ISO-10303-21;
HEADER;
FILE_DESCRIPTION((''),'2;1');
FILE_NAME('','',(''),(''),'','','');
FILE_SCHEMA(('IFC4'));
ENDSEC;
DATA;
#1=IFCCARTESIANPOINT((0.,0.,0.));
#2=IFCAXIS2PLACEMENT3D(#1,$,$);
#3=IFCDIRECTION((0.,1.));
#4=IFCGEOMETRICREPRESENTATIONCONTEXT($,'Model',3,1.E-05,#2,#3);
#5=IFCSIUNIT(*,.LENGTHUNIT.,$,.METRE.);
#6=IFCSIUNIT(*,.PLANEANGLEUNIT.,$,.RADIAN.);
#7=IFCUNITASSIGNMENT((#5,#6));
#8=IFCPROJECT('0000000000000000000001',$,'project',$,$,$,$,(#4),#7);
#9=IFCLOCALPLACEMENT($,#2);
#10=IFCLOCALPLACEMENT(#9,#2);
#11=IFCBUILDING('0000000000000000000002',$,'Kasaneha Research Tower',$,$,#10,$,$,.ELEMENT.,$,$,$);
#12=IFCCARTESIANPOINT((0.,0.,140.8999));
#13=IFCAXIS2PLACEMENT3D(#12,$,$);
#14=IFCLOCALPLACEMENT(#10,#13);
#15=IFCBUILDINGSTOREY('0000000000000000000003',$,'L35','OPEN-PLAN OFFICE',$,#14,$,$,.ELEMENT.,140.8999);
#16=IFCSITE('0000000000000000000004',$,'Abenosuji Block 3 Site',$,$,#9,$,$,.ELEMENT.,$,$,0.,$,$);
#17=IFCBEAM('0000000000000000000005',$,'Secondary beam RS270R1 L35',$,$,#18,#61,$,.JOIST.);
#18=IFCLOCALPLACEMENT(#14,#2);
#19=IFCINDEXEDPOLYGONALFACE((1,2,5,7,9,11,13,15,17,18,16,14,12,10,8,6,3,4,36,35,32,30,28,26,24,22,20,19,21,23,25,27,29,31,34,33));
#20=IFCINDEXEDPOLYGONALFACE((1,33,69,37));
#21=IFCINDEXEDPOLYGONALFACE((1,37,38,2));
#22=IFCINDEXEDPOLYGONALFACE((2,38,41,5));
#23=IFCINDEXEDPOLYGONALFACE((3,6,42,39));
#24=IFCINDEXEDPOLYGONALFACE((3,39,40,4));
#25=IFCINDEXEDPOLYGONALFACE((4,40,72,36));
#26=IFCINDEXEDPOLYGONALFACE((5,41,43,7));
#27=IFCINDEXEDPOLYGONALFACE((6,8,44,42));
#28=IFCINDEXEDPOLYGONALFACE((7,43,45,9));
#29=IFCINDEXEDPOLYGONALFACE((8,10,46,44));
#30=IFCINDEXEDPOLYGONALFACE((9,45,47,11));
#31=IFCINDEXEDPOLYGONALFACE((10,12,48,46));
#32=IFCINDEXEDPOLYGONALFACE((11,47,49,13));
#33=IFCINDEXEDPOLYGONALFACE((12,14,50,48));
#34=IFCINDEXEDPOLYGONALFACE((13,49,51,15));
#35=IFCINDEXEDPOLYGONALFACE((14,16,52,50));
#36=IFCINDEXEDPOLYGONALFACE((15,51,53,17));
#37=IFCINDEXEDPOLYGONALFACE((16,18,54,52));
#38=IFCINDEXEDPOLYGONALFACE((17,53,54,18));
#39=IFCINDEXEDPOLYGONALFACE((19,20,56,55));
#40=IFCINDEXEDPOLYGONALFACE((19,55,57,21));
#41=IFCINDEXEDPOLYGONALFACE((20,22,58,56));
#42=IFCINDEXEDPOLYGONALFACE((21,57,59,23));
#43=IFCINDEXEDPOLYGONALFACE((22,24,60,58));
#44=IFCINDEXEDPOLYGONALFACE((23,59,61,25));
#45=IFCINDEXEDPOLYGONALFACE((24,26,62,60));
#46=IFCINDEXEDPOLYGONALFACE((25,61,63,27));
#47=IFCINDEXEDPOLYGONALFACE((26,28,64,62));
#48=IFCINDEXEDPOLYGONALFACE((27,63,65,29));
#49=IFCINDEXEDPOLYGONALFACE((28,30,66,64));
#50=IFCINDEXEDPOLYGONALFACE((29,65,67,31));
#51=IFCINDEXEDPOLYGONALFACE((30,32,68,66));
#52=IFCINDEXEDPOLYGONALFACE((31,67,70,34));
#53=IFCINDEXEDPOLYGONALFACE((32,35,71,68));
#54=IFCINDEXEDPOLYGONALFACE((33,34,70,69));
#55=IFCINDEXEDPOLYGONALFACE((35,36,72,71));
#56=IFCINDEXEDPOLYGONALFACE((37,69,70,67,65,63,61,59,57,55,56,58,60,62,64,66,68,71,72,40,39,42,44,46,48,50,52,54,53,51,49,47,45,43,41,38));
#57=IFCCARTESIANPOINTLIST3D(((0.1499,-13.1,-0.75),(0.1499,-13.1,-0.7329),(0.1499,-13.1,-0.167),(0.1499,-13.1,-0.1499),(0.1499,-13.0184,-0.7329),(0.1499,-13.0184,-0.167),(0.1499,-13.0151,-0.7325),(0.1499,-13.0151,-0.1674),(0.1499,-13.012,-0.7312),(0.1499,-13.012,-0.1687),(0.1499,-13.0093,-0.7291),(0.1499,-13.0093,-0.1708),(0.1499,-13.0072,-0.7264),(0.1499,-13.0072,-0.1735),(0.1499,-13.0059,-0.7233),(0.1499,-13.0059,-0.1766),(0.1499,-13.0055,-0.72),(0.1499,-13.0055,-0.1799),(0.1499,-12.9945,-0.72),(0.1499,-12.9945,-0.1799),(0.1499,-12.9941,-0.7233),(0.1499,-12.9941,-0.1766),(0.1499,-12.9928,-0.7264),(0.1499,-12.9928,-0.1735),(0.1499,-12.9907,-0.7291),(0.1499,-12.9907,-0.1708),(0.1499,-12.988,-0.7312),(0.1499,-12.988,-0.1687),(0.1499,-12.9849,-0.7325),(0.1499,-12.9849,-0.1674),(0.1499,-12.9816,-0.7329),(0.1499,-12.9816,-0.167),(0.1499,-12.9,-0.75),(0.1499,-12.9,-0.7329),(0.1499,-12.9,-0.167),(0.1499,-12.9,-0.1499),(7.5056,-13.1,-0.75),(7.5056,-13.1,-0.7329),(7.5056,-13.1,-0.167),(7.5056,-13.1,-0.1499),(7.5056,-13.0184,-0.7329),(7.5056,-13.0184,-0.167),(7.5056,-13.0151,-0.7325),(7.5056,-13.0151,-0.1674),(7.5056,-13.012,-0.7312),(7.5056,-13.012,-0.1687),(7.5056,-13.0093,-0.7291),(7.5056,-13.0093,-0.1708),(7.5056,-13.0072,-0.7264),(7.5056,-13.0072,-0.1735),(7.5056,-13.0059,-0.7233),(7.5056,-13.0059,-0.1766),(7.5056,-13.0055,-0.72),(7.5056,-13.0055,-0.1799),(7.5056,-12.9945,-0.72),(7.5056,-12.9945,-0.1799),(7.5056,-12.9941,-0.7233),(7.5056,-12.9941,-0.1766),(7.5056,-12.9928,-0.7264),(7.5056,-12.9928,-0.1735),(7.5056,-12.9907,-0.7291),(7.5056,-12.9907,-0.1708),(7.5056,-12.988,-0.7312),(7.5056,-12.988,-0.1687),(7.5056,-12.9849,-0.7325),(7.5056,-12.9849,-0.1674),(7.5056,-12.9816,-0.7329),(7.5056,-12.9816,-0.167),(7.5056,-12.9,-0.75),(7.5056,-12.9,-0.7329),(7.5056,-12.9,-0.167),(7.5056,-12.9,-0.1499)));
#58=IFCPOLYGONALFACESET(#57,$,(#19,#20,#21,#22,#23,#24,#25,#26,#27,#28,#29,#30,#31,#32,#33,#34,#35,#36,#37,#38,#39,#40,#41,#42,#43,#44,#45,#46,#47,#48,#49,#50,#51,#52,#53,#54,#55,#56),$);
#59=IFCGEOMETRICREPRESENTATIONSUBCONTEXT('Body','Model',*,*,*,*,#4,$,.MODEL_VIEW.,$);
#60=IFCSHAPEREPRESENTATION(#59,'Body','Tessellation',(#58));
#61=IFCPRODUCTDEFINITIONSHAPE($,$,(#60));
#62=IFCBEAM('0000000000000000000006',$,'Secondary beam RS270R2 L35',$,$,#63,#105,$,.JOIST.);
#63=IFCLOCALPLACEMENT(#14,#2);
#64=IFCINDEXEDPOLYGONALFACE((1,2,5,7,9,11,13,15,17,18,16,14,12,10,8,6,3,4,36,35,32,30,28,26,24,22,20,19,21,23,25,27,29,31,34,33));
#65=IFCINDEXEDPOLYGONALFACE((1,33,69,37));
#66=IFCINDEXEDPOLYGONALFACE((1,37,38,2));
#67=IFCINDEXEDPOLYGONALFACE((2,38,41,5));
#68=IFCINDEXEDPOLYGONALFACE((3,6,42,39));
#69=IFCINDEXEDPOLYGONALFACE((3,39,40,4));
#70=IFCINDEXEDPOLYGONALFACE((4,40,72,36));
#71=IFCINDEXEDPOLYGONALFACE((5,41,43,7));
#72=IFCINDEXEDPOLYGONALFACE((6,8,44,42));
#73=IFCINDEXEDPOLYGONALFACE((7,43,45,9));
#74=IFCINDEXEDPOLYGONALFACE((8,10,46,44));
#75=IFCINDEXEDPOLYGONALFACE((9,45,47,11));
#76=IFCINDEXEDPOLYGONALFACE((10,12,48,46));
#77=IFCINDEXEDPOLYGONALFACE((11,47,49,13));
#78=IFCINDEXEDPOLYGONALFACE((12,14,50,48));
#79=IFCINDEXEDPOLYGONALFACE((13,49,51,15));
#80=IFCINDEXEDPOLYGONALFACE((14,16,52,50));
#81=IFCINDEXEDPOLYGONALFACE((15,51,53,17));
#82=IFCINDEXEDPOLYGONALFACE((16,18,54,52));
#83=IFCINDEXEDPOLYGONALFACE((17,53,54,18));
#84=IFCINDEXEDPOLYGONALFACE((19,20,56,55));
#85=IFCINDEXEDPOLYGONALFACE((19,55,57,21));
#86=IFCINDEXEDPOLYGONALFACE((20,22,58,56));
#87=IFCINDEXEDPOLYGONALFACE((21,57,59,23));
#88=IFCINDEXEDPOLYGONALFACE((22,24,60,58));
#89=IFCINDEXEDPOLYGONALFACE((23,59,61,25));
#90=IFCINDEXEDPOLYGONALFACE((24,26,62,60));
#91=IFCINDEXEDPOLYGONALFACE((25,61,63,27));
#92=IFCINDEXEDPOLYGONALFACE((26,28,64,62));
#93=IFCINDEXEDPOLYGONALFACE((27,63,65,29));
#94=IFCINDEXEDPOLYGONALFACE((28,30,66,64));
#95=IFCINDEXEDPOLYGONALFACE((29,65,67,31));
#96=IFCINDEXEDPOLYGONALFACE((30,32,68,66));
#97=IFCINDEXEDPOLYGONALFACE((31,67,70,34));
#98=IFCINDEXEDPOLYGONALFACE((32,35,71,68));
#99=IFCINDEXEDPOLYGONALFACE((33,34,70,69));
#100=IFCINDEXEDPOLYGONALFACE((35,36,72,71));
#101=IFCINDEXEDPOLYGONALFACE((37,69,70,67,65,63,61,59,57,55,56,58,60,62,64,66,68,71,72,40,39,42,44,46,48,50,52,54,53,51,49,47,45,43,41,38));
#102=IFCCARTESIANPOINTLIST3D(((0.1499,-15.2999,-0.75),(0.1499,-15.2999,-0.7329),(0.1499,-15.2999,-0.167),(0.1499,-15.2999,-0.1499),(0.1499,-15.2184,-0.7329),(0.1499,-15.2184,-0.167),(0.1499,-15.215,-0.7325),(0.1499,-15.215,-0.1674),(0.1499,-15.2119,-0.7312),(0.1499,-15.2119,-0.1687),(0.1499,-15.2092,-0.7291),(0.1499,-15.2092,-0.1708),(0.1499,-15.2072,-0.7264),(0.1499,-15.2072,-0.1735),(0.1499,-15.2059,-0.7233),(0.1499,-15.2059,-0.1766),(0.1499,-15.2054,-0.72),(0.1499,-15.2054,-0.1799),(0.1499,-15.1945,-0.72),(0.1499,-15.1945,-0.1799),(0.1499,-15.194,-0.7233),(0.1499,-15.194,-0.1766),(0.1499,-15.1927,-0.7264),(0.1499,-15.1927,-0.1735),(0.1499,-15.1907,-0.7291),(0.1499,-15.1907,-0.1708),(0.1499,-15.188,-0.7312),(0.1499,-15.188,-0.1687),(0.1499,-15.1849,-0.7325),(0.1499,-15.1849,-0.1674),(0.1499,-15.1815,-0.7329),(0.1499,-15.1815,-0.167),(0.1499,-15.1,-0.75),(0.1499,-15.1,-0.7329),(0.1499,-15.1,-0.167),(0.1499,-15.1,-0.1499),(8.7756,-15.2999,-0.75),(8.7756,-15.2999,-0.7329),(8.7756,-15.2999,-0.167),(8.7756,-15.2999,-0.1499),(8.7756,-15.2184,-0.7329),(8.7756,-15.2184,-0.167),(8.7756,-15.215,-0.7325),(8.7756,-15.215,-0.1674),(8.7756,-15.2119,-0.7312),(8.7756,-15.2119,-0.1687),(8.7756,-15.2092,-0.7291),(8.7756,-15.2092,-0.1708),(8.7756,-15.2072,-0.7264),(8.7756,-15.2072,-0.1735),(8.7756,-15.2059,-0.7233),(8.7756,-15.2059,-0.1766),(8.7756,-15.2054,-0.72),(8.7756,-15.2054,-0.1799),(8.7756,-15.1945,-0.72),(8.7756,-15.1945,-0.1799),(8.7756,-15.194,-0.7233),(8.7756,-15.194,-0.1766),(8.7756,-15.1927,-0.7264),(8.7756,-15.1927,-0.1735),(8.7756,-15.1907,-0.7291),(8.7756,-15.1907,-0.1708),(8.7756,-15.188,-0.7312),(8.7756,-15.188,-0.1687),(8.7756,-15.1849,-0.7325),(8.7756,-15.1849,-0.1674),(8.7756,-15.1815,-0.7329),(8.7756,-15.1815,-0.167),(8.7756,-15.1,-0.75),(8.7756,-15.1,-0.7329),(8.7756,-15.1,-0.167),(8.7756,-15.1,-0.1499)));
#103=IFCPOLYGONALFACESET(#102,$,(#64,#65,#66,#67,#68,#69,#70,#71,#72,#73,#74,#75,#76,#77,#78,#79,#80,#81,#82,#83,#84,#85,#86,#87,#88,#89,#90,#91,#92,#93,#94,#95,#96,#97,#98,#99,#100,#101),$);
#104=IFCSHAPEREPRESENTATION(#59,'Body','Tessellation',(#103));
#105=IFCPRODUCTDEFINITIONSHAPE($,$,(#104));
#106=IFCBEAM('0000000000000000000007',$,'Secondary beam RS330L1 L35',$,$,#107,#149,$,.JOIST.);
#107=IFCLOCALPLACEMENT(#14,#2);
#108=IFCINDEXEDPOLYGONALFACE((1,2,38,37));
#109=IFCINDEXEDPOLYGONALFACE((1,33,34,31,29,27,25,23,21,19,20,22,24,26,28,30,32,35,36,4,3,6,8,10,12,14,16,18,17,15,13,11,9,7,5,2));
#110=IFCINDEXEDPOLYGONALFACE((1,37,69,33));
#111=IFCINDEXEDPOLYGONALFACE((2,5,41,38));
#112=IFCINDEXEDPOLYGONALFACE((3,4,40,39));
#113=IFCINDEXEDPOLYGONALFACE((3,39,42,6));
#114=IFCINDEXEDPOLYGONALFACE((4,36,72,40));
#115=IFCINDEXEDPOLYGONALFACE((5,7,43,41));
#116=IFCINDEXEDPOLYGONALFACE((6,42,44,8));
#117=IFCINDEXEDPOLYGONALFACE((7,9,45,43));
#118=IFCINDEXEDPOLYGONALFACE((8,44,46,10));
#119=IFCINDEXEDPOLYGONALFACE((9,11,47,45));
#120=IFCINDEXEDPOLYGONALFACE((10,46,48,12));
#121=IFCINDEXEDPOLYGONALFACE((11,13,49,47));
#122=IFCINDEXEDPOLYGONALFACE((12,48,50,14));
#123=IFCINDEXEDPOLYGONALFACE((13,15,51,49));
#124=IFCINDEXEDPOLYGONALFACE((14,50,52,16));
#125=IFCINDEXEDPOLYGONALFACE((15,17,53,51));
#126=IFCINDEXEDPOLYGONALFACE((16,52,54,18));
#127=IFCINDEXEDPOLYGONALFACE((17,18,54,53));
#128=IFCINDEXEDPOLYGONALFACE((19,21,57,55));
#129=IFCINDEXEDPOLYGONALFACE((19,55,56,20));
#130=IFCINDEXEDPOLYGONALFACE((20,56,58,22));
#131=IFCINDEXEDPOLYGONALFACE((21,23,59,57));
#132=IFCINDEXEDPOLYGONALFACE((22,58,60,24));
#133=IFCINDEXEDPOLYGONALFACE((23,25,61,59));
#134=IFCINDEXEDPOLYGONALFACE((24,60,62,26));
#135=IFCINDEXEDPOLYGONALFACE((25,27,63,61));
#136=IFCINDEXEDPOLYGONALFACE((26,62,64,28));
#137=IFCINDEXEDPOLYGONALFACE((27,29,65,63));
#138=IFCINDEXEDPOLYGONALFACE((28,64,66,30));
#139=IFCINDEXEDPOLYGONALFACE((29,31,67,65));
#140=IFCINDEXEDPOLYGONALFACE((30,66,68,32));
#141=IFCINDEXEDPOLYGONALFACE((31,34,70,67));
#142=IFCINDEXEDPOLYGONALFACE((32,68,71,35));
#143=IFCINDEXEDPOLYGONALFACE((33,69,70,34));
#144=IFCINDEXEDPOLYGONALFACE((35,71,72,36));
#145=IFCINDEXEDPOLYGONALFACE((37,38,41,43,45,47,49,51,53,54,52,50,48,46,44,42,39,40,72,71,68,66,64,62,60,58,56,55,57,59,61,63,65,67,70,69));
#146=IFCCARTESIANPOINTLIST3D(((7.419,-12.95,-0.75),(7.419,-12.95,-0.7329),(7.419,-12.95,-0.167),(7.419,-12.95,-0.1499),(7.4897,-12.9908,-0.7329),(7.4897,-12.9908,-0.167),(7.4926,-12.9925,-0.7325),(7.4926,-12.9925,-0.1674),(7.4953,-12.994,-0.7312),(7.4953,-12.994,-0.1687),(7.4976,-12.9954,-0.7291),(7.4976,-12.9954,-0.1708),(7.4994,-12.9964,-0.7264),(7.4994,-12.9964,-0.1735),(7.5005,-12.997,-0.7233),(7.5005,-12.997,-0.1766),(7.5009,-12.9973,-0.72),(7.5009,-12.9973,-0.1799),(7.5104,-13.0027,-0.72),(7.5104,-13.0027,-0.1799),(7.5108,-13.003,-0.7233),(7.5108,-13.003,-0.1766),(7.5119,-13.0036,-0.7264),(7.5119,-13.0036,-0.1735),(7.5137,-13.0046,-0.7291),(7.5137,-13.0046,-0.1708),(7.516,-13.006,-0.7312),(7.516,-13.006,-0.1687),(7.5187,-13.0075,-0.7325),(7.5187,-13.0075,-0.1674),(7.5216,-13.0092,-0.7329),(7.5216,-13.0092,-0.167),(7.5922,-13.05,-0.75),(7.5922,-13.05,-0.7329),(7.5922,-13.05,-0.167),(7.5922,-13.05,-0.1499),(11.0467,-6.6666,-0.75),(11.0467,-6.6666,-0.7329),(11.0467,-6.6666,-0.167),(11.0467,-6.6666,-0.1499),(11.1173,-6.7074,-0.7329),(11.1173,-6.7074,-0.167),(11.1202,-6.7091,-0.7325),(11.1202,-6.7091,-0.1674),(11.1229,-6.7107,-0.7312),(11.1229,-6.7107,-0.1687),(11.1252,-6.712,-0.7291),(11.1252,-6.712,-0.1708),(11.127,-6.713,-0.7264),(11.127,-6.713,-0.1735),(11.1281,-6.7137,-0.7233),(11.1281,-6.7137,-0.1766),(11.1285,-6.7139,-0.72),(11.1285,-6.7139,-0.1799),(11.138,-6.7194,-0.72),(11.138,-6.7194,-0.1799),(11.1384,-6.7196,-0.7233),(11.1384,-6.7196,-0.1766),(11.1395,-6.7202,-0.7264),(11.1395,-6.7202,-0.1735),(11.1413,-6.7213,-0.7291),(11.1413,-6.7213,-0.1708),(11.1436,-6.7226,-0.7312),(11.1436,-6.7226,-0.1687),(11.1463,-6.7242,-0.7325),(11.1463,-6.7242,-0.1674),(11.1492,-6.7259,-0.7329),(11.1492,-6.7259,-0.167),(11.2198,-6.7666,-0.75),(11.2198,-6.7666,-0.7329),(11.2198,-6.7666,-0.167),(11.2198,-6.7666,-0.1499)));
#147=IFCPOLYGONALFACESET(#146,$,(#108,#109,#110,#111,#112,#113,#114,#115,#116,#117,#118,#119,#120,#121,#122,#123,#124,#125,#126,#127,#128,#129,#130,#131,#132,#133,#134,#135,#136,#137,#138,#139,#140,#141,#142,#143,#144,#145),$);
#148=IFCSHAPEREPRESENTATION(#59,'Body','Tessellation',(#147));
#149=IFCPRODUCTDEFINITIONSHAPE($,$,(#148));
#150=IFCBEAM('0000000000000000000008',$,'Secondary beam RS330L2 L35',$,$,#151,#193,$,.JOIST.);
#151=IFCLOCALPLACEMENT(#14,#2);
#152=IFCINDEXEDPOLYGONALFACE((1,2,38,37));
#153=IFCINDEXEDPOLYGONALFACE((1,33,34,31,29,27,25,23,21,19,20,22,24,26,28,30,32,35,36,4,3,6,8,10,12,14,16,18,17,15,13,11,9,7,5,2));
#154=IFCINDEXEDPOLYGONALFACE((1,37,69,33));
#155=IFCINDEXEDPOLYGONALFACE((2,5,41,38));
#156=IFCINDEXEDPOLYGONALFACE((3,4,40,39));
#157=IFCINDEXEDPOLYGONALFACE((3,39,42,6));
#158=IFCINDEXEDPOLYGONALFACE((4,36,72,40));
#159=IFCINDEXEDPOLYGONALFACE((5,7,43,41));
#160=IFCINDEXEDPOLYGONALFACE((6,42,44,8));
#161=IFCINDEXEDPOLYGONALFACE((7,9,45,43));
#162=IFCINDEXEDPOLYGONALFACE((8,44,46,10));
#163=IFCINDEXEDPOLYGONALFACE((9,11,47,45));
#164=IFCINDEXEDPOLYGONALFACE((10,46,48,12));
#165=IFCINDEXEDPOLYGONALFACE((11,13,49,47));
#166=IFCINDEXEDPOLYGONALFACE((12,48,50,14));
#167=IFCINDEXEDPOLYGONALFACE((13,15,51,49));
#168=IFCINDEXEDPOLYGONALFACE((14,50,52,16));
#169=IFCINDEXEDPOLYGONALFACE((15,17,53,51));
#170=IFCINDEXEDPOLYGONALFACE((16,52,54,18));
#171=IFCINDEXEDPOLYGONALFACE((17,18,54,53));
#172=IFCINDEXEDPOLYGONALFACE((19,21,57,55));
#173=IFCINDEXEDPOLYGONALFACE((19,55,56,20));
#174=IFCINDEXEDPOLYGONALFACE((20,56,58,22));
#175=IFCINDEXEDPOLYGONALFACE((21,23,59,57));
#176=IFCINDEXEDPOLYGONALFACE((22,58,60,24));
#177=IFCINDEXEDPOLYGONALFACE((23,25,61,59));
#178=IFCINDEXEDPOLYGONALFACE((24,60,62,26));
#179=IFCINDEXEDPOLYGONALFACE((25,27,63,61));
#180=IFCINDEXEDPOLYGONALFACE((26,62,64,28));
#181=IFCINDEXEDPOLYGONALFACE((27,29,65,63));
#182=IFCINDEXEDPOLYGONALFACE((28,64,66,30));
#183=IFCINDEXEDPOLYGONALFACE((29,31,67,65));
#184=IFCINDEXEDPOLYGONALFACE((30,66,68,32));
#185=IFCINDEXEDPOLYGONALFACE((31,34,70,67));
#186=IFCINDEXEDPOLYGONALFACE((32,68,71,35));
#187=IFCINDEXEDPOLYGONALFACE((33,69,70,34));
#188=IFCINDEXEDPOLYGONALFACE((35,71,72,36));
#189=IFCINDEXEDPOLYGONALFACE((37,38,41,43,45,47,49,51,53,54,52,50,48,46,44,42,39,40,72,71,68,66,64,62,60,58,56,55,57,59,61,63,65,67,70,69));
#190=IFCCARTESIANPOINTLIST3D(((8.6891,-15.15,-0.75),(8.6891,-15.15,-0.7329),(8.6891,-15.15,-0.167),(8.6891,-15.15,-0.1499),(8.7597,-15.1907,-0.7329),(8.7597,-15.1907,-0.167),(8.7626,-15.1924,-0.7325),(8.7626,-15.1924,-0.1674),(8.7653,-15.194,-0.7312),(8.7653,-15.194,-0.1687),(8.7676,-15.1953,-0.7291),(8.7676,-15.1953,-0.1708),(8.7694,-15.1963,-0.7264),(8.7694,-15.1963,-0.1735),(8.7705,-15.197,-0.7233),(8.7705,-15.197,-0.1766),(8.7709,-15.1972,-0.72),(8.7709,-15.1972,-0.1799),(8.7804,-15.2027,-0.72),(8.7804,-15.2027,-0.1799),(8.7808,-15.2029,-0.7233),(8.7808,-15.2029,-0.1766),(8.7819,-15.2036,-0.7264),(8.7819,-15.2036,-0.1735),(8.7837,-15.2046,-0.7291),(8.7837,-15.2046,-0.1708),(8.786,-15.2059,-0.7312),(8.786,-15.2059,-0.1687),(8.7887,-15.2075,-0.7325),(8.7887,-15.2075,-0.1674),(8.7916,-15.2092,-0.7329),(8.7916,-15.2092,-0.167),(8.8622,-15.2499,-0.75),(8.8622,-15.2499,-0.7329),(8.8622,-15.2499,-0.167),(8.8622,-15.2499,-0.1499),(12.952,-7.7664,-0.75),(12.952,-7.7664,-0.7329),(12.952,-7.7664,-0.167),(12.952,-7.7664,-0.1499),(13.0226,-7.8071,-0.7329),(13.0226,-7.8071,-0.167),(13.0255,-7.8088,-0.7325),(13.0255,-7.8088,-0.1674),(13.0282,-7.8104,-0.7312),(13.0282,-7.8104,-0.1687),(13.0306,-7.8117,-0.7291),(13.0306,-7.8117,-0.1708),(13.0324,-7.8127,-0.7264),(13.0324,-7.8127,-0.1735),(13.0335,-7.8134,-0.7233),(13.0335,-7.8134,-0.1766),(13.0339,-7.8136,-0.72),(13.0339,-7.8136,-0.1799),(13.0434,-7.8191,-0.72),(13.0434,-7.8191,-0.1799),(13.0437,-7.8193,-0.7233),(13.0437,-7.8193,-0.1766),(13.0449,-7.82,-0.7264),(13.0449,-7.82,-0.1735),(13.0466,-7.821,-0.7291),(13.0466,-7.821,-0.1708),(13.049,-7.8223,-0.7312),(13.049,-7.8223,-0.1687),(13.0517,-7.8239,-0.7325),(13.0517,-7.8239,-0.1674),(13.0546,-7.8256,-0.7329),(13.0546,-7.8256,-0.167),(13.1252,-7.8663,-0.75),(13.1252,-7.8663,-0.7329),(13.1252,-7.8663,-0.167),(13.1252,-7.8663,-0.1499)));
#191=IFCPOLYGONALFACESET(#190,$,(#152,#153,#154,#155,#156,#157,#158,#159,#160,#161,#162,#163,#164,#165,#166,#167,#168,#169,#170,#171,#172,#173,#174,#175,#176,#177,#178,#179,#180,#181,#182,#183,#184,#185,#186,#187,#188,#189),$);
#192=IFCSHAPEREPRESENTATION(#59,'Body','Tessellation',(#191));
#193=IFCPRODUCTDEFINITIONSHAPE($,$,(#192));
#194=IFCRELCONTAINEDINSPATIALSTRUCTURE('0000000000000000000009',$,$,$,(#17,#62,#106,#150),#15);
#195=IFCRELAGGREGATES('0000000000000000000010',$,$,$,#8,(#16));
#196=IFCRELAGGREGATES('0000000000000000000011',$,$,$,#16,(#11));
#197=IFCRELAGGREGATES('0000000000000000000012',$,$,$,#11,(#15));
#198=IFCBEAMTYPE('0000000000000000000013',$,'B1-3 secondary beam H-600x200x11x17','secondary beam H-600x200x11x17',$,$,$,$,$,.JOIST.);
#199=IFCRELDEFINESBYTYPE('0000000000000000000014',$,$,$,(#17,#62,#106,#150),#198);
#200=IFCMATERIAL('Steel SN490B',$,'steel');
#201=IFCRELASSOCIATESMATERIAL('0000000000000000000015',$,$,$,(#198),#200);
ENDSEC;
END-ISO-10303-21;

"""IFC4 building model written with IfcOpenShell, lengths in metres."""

from ifc_helpers import new_model, si_unit, direction, frame, origin, origin_2d, place, context, subcontext, project, spatial, i_section, extrude, material, material_profile, profile_set, type_object, element, save


model = new_model("IFC4")

# Units and contexts
model_context = context("Model", 3, precision=1e-05, world=origin(), true_north=direction((0.0, 1.0)))
body_context = subcontext(model_context, "Body", "Model", "MODEL_VIEW")
ifc_project = project(units=[si_unit("LENGTHUNIT", "METRE"), si_unit("PLANEANGLEUNIT", "RADIAN")], contexts=[model_context])

# Site, building, storey
site_placement = place(None, origin())
site = spatial("IfcSite", under=ifc_project, at=site_placement, Name="Abenosuji Block 3 Site", CompositionType="ELEMENT", RefElevation=0.0)
building_placement = place(site_placement, origin())
building = spatial("IfcBuilding", under=site, at=building_placement, Name="Kasaneha Research Tower", CompositionType="ELEMENT")
storey_placement = place(building_placement, frame((0.0, 0.0, 140.8999)))
storey = spatial("IfcBuildingStorey", under=building, at=storey_placement, Name="L35", Description="OPEN-PLAN OFFICE", CompositionType="ELEMENT", Elevation=140.8999)

# Beams
ifc_material_1 = material(Name="Steel SN490B", Category="steel")
ifc_material_profile_1 = material_profile(ifc_material_1, i_section(OverallWidth=0.2, OverallDepth=0.6001, WebThickness=0.011, FlangeThickness=0.0171, FilletRadius=0.0129, at=origin_2d()), Name="H-600x200x11x17")
ifc_profile_set_1 = profile_set([ifc_material_profile_1], Name="Steel SN490B")
beam_type_1 = type_object("IfcBeamType", Name="B1-3 secondary beam H-600x200x11x17", Description="secondary beam H-600x200x11x17", PredefinedType="JOIST", material=ifc_profile_set_1)
beam_1_placement = place(storey_placement, frame((7.5056, -13.0, -0.45), z_axis=(-1.0, 0.0, 0.0), x_axis=(0.0, -1.0, 0.0)))
element("IfcBeam", 1, at=beam_1_placement, inside=storey, type_object=beam_type_1, Name="Secondary beam RS270R1 L35", PredefinedType="JOIST", context=body_context, shape_type="SweptSolid", body=[
    extrude(i_section(OverallWidth=0.2, OverallDepth=0.6001, WebThickness=0.011, FlangeThickness=0.0171, FilletRadius=0.0129, at=origin_2d()), origin(), (0.0, 0.0, 1.0), 7.3557),
])
beam_2_placement = place(storey_placement, frame((8.7756, -15.2, -0.45), z_axis=(-1.0, 0.0, 0.0), x_axis=(0.0, -1.0, 0.0)))
element("IfcBeam", 2, at=beam_2_placement, inside=storey, type_object=beam_type_1, Name="Secondary beam RS270R2 L35", PredefinedType="JOIST", context=body_context, shape_type="SweptSolid", body=[
    extrude(i_section(OverallWidth=0.2, OverallDepth=0.6001, WebThickness=0.011, FlangeThickness=0.0171, FilletRadius=0.0129, at=origin_2d()), origin(), (0.0, 0.0, 1.0), 8.6257),
])
beam_3_placement = place(storey_placement, frame((7.5056, -13.0, -0.45), z_axis=(0.499993, 0.866029, 0.0), x_axis=(-0.866029, 0.499993, 0.0)))
element("IfcBeam", 3, at=beam_3_placement, inside=storey, type_object=beam_type_1, Name="Secondary beam RS330L1 L35", PredefinedType="JOIST", context=body_context, shape_type="SweptSolid", body=[
    extrude(i_section(OverallWidth=0.2, OverallDepth=0.6001, WebThickness=0.011, FlangeThickness=0.0171, FilletRadius=0.0129, at=origin_2d()), origin(), (0.0, 0.0, 1.0), 7.2554),
])
beam_4_placement = place(storey_placement, frame((8.7756, -15.2, -0.45), z_axis=(0.500004, 0.866023, 0.0), x_axis=(-0.866023, 0.500004, 0.0)))
element("IfcBeam", 4, at=beam_4_placement, inside=storey, type_object=beam_type_1, Name="Secondary beam RS330L2 L35", PredefinedType="JOIST", context=body_context, shape_type="SweptSolid", body=[
    extrude(i_section(OverallWidth=0.2, OverallDepth=0.6001, WebThickness=0.011, FlangeThickness=0.0171, FilletRadius=0.0129, at=origin_2d()), origin(), (0.0, 0.0, 1.0), 8.5259),
])

save(model, "model.ifc")
